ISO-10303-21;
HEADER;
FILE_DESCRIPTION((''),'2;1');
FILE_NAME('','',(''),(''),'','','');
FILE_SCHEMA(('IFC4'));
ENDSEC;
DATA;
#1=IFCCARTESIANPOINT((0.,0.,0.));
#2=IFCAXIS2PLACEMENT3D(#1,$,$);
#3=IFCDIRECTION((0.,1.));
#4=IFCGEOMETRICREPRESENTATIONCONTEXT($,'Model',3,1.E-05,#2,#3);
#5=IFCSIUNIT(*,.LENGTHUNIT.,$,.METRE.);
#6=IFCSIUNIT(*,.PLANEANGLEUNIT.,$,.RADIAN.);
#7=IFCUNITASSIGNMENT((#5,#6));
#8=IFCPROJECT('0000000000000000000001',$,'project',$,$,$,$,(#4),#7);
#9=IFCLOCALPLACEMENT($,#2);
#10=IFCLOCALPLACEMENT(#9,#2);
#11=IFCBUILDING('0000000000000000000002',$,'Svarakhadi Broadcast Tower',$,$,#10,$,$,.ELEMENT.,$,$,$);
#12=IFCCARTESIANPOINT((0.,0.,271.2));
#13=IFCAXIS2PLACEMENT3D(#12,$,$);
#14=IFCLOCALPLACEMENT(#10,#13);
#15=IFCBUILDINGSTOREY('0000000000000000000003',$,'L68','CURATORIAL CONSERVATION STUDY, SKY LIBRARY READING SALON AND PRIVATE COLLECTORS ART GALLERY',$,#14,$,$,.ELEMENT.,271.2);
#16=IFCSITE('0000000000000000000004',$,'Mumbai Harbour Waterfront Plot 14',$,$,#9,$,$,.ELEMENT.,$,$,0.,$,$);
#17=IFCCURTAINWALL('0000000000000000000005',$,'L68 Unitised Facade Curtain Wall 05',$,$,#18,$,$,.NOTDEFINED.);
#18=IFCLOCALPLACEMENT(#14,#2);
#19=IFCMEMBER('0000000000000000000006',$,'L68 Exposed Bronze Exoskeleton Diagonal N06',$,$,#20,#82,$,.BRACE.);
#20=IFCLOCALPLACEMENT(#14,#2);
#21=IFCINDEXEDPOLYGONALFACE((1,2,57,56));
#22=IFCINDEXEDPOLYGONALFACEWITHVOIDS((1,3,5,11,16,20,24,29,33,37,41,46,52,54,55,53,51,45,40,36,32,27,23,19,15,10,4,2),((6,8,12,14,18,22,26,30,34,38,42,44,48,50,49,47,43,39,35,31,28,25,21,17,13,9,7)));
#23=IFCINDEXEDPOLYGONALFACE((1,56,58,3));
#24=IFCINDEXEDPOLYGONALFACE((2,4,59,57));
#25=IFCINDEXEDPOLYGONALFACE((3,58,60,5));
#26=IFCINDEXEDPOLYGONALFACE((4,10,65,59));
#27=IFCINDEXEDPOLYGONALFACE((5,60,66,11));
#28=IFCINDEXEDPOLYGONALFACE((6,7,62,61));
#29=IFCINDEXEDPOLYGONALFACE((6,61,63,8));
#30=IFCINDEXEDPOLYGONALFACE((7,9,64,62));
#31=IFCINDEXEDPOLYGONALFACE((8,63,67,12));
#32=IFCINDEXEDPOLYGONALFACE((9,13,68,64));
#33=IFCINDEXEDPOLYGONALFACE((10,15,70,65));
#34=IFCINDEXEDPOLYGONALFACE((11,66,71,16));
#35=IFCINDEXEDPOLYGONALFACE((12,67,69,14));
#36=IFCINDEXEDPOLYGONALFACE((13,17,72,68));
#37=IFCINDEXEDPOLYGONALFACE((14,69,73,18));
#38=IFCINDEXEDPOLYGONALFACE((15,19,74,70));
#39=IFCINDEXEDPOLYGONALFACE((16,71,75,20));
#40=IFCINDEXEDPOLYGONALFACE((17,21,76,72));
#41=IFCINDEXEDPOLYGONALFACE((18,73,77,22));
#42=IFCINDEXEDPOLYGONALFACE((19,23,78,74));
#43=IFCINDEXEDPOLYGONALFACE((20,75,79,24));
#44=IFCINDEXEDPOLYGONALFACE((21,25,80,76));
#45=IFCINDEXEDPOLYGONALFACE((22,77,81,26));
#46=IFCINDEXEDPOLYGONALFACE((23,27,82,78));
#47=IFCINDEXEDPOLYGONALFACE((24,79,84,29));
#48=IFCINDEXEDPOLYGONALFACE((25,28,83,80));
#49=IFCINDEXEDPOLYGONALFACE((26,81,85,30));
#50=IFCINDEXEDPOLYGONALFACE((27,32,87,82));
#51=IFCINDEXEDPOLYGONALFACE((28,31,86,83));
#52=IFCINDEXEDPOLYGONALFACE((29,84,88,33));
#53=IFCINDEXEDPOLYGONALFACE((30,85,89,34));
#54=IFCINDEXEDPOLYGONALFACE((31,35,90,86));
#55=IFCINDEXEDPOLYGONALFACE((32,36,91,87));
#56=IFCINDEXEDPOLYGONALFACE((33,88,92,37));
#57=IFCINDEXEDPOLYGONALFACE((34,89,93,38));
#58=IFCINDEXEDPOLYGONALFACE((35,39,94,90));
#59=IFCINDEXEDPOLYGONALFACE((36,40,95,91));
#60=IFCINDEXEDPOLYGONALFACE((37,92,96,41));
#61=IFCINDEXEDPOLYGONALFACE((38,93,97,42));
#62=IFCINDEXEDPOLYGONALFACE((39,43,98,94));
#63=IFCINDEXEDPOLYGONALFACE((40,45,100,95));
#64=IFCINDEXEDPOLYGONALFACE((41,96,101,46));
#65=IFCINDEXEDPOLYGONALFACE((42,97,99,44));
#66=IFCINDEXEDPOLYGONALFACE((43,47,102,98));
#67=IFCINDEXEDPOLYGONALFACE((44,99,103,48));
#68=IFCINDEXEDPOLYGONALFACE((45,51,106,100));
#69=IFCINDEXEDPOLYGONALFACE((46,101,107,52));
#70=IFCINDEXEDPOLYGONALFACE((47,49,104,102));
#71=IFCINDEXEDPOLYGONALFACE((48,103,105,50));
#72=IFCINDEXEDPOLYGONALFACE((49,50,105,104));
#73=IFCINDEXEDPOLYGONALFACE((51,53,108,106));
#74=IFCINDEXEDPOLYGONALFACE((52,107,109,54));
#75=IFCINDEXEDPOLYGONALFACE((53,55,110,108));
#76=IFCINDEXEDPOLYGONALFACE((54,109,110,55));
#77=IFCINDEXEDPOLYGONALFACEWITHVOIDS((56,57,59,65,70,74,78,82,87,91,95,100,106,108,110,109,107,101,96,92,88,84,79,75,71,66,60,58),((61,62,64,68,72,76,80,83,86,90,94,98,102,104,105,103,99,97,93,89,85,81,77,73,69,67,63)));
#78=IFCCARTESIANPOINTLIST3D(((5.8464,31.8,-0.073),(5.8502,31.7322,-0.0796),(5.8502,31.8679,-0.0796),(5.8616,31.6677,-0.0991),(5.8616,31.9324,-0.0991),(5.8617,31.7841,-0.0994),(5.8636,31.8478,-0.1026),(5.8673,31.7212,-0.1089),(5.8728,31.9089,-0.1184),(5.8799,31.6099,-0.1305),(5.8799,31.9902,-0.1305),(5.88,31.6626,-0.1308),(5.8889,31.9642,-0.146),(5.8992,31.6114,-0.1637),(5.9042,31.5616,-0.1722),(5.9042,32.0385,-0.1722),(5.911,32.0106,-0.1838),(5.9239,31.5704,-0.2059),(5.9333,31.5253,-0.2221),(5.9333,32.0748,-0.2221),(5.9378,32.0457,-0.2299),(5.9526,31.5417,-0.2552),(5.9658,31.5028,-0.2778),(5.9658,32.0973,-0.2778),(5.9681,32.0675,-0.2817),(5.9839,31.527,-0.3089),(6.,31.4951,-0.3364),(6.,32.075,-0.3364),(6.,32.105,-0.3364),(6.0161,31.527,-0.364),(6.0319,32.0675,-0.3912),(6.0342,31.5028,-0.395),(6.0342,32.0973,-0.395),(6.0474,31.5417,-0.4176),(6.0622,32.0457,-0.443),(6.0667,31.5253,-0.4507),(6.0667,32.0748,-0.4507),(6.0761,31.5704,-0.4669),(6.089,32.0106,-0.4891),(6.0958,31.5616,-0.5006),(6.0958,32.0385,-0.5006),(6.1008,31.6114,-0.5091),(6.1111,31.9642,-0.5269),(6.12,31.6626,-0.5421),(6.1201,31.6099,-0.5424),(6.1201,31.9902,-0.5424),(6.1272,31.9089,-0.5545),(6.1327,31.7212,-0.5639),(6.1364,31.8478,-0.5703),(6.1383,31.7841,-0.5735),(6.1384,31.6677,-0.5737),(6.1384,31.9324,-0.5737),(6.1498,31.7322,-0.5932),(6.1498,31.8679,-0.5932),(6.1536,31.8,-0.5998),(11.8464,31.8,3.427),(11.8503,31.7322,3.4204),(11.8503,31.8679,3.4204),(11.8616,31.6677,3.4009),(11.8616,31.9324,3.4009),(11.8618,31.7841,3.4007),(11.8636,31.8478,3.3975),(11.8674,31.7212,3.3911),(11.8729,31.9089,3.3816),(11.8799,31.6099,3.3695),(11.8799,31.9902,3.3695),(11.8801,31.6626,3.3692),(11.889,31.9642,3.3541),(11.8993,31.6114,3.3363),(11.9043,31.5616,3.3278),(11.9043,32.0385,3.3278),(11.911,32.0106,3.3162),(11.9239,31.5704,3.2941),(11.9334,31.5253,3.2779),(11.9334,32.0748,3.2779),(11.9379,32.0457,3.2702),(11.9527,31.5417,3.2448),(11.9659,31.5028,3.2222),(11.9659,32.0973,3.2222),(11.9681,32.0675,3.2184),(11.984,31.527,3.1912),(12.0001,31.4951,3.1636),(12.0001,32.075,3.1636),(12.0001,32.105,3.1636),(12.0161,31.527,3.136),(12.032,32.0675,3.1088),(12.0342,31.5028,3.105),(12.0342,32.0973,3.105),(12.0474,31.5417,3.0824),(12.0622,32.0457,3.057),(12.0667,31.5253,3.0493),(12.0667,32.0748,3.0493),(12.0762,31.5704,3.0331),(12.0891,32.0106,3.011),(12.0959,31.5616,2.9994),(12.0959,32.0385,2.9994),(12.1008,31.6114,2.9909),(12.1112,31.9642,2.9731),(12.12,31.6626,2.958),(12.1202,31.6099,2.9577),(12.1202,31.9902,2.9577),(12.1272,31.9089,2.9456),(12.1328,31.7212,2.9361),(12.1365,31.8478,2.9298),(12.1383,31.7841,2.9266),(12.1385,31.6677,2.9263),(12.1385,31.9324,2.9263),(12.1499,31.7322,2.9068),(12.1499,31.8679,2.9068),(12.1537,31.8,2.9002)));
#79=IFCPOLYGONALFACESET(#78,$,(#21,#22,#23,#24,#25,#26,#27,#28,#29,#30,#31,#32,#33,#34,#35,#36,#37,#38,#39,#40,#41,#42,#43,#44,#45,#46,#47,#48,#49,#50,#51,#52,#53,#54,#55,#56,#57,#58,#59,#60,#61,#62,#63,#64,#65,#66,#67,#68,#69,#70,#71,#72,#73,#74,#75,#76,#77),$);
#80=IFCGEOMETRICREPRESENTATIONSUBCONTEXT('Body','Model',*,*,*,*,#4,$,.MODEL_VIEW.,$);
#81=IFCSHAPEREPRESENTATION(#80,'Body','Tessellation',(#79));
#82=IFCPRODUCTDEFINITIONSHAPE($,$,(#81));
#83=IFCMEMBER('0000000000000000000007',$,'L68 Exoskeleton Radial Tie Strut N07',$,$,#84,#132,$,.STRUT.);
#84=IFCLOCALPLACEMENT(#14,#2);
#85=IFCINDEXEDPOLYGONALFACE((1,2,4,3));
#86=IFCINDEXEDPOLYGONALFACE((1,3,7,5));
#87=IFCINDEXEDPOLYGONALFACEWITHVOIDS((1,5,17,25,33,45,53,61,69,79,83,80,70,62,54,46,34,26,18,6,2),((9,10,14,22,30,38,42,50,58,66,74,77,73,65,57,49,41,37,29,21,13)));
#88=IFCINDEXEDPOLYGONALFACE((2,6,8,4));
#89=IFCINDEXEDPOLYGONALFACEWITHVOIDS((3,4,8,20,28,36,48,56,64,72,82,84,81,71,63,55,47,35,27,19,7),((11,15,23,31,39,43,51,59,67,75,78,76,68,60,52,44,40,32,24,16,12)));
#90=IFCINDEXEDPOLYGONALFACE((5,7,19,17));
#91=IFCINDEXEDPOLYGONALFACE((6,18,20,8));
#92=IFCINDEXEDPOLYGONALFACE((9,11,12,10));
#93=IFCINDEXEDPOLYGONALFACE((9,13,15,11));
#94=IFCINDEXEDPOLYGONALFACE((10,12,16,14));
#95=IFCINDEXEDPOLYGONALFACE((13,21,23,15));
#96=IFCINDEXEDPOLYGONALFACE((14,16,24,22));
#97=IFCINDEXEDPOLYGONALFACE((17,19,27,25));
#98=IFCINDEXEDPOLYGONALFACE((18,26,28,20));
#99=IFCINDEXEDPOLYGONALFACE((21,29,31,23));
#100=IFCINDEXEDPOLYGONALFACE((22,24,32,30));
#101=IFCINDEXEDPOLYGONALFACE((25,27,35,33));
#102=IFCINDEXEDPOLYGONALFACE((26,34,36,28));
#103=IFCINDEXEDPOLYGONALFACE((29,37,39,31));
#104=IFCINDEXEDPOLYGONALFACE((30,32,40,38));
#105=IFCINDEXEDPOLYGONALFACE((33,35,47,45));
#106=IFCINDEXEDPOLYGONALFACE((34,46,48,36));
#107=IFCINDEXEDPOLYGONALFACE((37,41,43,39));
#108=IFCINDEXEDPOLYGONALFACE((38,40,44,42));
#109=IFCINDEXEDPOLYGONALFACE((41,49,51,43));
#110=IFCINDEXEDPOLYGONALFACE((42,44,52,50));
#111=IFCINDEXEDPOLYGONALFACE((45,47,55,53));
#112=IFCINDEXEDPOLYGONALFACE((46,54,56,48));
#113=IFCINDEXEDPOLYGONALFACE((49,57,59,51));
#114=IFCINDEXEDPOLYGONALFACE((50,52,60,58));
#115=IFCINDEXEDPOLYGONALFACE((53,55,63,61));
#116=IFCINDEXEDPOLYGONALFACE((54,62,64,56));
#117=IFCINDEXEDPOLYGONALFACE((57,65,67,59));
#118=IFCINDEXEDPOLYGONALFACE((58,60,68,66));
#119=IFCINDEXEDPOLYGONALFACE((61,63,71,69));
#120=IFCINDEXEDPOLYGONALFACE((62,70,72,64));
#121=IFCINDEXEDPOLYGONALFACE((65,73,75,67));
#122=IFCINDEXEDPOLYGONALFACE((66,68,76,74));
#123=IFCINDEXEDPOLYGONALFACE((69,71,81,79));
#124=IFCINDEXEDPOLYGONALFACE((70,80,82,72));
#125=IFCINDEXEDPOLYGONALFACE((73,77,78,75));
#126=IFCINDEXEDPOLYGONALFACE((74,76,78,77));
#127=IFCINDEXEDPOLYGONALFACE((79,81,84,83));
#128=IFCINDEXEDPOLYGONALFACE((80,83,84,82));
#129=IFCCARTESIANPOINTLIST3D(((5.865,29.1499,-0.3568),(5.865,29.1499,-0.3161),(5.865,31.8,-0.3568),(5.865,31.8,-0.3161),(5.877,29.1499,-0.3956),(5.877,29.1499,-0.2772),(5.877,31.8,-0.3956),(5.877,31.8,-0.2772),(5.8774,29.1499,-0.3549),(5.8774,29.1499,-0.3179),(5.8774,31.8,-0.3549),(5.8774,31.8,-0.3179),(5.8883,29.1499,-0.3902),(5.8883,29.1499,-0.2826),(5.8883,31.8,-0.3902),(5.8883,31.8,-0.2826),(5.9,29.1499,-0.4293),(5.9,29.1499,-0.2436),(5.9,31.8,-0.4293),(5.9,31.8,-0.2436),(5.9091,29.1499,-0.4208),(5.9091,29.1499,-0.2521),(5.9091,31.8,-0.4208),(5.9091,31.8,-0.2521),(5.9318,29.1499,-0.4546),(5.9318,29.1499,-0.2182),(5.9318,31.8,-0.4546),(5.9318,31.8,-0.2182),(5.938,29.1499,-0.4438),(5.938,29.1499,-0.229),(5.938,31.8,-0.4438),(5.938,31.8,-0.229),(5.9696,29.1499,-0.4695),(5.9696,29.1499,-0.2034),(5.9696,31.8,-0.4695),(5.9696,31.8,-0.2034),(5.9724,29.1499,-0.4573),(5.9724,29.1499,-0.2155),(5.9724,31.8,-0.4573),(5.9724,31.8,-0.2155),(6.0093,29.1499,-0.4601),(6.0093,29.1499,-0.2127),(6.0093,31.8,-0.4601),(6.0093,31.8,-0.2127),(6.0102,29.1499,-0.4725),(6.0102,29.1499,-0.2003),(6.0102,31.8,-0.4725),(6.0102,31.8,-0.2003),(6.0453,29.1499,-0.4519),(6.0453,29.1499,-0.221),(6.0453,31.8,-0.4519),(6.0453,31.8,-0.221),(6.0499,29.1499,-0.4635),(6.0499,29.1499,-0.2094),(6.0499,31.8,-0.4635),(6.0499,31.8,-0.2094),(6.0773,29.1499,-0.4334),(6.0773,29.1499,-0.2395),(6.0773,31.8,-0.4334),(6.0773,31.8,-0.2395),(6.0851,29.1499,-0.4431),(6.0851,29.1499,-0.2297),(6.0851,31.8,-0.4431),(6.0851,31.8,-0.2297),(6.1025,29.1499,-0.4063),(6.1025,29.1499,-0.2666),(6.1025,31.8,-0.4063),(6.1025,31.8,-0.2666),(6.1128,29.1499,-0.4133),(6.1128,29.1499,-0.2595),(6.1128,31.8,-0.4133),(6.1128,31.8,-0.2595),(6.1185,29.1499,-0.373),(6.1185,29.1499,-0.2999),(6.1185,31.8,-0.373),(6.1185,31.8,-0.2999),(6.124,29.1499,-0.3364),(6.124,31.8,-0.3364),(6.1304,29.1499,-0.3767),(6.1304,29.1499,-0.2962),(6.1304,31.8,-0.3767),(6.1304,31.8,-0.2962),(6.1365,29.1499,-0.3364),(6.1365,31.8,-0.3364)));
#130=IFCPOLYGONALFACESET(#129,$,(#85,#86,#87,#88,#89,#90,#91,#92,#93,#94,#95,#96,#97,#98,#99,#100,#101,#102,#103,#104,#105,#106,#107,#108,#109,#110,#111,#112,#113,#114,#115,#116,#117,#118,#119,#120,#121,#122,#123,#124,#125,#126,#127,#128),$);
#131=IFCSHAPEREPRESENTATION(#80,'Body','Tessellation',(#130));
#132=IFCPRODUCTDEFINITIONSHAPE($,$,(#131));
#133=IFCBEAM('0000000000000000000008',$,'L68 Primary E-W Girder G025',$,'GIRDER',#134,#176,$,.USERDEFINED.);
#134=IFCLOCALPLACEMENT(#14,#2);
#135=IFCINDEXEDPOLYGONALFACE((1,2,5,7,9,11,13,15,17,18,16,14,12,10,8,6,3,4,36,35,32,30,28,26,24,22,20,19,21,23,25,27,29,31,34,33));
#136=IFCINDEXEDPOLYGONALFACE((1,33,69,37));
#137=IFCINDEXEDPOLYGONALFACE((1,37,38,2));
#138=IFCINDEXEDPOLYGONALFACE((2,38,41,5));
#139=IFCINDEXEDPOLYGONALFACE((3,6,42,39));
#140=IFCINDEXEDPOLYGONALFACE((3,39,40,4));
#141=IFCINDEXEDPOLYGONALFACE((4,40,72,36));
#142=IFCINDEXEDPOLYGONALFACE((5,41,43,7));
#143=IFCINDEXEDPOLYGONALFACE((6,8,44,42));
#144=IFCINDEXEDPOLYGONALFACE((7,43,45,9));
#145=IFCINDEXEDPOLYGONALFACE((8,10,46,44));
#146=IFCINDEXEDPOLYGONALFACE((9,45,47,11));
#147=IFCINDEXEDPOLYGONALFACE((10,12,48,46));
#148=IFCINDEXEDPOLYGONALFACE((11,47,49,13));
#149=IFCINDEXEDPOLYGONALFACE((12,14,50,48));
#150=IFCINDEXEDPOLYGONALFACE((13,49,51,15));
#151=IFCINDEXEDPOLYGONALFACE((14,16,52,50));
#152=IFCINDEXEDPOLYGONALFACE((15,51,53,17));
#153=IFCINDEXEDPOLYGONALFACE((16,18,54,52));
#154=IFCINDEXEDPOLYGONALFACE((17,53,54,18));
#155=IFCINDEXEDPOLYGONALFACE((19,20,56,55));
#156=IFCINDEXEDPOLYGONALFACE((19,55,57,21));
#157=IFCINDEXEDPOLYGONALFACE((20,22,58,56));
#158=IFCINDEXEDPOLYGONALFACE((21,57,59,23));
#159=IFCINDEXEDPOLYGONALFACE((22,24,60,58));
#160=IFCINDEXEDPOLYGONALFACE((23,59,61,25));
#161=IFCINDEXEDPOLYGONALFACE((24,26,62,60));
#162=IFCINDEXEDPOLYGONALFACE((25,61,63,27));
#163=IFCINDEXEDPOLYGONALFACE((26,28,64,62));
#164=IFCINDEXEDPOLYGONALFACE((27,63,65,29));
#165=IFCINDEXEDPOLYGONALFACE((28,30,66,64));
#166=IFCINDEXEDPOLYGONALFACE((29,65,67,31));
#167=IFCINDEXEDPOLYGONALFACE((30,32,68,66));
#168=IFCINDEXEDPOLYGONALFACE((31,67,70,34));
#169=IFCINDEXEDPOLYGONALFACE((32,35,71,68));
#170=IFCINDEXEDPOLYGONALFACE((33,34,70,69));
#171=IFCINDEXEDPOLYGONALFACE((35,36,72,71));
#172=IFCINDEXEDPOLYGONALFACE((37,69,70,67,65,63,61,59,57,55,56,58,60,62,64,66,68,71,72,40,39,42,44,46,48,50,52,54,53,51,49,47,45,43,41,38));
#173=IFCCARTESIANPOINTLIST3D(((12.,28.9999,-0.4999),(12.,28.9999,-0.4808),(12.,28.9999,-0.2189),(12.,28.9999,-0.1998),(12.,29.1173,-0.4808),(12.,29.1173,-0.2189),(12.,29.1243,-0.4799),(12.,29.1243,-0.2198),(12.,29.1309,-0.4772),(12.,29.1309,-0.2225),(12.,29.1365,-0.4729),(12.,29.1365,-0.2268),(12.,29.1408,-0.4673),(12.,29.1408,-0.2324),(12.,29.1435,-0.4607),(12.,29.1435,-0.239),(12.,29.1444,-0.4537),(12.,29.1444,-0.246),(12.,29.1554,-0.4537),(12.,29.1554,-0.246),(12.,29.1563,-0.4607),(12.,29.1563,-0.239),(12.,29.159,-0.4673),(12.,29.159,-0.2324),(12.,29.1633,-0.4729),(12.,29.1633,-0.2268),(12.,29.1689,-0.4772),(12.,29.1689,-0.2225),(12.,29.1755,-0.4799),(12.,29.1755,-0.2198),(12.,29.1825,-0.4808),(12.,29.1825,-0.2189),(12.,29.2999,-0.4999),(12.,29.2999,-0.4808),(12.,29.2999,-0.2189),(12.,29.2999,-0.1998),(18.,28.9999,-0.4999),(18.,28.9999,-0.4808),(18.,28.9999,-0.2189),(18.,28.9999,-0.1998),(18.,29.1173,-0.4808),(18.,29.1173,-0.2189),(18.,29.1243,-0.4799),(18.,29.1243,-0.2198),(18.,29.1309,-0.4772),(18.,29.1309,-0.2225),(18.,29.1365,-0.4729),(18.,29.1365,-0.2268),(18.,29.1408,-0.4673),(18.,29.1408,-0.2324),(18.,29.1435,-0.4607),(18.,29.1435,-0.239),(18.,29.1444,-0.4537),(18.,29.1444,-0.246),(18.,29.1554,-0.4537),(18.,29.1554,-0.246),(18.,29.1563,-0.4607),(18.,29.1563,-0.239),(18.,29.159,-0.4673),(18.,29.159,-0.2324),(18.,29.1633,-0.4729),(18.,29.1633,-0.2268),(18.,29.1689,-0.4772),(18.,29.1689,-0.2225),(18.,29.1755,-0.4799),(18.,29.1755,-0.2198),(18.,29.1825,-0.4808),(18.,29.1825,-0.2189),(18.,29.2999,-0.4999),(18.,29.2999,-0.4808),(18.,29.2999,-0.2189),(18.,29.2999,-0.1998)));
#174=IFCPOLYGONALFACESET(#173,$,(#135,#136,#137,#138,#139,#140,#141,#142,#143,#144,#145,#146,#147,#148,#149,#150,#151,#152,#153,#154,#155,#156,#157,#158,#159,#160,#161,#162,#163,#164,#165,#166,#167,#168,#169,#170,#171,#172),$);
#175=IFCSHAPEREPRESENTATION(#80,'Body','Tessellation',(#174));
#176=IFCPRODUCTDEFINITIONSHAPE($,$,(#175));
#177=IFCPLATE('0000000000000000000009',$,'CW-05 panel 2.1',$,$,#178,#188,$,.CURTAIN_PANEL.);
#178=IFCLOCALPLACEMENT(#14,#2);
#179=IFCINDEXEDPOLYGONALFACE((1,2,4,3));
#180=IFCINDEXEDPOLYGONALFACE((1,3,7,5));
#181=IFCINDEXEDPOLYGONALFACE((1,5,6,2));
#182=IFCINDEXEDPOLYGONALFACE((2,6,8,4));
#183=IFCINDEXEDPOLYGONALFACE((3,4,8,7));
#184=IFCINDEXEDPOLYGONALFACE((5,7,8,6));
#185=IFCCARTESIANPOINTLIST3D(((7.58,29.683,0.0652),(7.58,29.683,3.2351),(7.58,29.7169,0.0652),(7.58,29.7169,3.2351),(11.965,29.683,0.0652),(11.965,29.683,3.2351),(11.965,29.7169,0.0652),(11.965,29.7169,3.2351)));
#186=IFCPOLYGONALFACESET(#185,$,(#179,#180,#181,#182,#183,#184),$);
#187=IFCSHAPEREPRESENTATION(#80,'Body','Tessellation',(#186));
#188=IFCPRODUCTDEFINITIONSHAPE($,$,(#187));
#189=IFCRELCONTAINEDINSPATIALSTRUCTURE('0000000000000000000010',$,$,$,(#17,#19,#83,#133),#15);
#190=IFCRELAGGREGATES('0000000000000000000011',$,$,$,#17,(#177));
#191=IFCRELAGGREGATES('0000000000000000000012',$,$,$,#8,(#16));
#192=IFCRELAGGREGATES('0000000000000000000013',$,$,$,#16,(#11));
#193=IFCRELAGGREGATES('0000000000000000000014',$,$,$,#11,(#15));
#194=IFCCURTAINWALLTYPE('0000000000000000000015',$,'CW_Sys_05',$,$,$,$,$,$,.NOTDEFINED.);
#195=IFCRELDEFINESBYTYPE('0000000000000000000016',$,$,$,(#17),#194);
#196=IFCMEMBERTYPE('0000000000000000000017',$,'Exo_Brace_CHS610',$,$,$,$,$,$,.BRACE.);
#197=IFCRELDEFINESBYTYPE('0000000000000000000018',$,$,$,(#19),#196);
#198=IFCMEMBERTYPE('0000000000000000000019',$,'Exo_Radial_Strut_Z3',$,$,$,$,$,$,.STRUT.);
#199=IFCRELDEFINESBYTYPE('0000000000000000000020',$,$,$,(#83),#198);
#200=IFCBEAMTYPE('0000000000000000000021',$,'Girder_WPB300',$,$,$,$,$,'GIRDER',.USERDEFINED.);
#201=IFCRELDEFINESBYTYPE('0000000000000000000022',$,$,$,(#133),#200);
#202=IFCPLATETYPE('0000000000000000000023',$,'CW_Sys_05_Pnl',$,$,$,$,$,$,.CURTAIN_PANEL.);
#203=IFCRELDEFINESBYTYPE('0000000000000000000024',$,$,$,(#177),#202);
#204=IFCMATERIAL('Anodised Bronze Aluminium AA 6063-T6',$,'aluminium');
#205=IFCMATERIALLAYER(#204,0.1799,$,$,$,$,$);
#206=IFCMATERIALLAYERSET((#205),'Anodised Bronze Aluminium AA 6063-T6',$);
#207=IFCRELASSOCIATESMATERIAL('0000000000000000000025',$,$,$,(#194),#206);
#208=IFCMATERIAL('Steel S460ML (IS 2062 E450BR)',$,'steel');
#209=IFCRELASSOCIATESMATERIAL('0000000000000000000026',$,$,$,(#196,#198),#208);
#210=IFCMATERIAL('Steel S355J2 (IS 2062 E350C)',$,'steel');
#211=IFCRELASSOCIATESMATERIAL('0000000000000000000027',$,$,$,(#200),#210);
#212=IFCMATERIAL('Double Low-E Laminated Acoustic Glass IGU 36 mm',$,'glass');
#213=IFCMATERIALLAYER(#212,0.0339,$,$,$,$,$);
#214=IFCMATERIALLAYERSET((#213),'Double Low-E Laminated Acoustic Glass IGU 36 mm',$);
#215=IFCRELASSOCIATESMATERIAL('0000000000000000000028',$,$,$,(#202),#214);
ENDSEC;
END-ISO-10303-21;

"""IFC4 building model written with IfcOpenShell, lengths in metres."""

from ifc_helpers import new_model, si_unit, direction, frame, origin, origin_2d, place, context, subcontext, project, spatial, rectangle, hollow_circle, i_section, extrude, material, layer, layer_set, material_profile, profile_set, type_object, element, aggregate, save


model = new_model("IFC4")

# Units and contexts
model_context = context("Model", 3, precision=1e-05, world=origin(), true_north=direction((0.0, 1.0)))
body_context = subcontext(model_context, "Body", "Model", "MODEL_VIEW")
ifc_project = project(units=[si_unit("LENGTHUNIT", "METRE"), si_unit("PLANEANGLEUNIT", "RADIAN")], contexts=[model_context])

# Site, building, storey
site_placement = place(None, origin())
site = spatial("IfcSite", under=ifc_project, at=site_placement, Name="Mumbai Harbour Waterfront Plot 14", CompositionType="ELEMENT", RefElevation=0.0)
building_placement = place(site_placement, origin())
building = spatial("IfcBuilding", under=site, at=building_placement, Name="Svarakhadi Broadcast Tower", CompositionType="ELEMENT")
storey_placement = place(building_placement, frame((0.0, 0.0, 271.2)))
storey = spatial("IfcBuildingStorey", under=building, at=storey_placement, Name="L68", Description="CURATORIAL CONSERVATION STUDY, SKY LIBRARY READING SALON AND PRIVATE COLLECTORS ART GALLERY", CompositionType="ELEMENT", Elevation=271.2)

# Shared definitions
ifc_material_1 = material(Name="Steel S460ML (IS 2062 E450BR)", Category="steel")

# Curtain wall
ifc_material_2 = material(Name="Anodised Bronze Aluminium AA 6063-T6", Category="aluminium")
ifc_layer_1 = layer(ifc_material_2, 0.1799)
ifc_layer_set_1 = layer_set([ifc_layer_1], Name="Anodised Bronze Aluminium AA 6063-T6")
curtain_wall_type = type_object("IfcCurtainWallType", Name="CW_Sys_05", PredefinedType="NOTDEFINED", material=ifc_layer_set_1)
curtain_wall_placement = place(storey_placement, origin())
curtain_wall = element("IfcCurtainWall", 1, at=curtain_wall_placement, inside=storey, type_object=curtain_wall_type, Name="L68 Unitised Facade Curtain Wall 05", PredefinedType="NOTDEFINED")

# Members
ifc_material_profile_1 = material_profile(ifc_material_1, hollow_circle(Radius=0.3049, WallThickness=0.03, at=origin_2d()), Name="CHS 610x30")
ifc_profile_set_1 = profile_set([ifc_material_profile_1], Name="Steel S460ML (IS 2062 E450BR)")
member_type_1 = type_object("IfcMemberType", Name="Exo_Brace_CHS610", PredefinedType="BRACE", material=ifc_profile_set_1)
member_1_placement = place(storey_placement, frame((6.0, 31.8, -0.3364), z_axis=(0.863779, 0.0, 0.503871), x_axis=(0.0, 1.0, 0.0)))
element("IfcMember", 2, at=member_1_placement, inside=storey, type_object=member_type_1, Name="L68 Exposed Bronze Exoskeleton Diagonal N06", PredefinedType="BRACE", context=body_context, shape_type="SweptSolid", body=[
    extrude(hollow_circle(Radius=0.3049, WallThickness=0.03, at=origin_2d()), origin(), (0.0, 0.0, 1.0), 6.9463),
])
ifc_material_profile_2 = material_profile(ifc_material_1, hollow_circle(Radius=0.1365, WallThickness=0.0125, at=origin_2d()), Name="CHS 273x12.5")
ifc_profile_set_2 = profile_set([ifc_material_profile_2], Name="Steel S460ML (IS 2062 E450BR)")
member_type_2 = type_object("IfcMemberType", Name="Exo_Radial_Strut_Z3", PredefinedType="STRUT", material=ifc_profile_set_2)
member_2_placement = place(storey_placement, frame((6.0, 31.8, -0.3364), z_axis=(0.0, -1.0, 0.0), x_axis=(1.0, 0.0, 0.0)))
element("IfcMember", 3, at=member_2_placement, inside=storey, type_object=member_type_2, Name="L68 Exoskeleton Radial Tie Strut N07", PredefinedType="STRUT", context=body_context, shape_type="SweptSolid", body=[
    extrude(hollow_circle(Radius=0.1365, WallThickness=0.0125, at=origin_2d()), origin(), (0.0, 0.0, 1.0), 2.6501),
])

# Beam
ifc_material_3 = material(Name="Steel S355J2 (IS 2062 E350C)", Category="steel")
ifc_material_profile_3 = material_profile(ifc_material_3, i_section(OverallWidth=0.3, OverallDepth=0.3, WebThickness=0.011, FlangeThickness=0.019, FilletRadius=0.0271, at=origin_2d()), Name="WPB 300x300x117")
ifc_profile_set_3 = profile_set([ifc_material_profile_3], Name="Steel S355J2 (IS 2062 E350C)")
beam_type = type_object("IfcBeamType", Name="Girder_WPB300", ElementType="GIRDER", PredefinedType="USERDEFINED", material=ifc_profile_set_3)
beam_placement = place(storey_placement, frame((12.0, 29.1499, -0.3499), z_axis=(1.0, 0.0, 0.0), x_axis=(0.0, 1.0, 0.0)))
element("IfcBeam", 4, at=beam_placement, inside=storey, type_object=beam_type, Name="L68 Primary E-W Girder G025", ObjectType="GIRDER", PredefinedType="USERDEFINED", context=body_context, shape_type="SweptSolid", body=[
    extrude(i_section(OverallWidth=0.3, OverallDepth=0.3, WebThickness=0.011, FlangeThickness=0.019, FilletRadius=0.0271, at=origin_2d()), origin(), (0.0, 0.0, 1.0), 6.0),
])

# Plate
ifc_material_4 = material(Name="Double Low-E Laminated Acoustic Glass IGU 36 mm", Category="glass")
ifc_layer_2 = layer(ifc_material_4, 0.0339)
ifc_layer_set_2 = layer_set([ifc_layer_2], Name="Double Low-E Laminated Acoustic Glass IGU 36 mm")
plate_type_1 = type_object("IfcPlateType", Name="CW_Sys_05_Pnl", PredefinedType="CURTAIN_PANEL", material=ifc_layer_set_2)
plate_1_placement = place(storey_placement, frame((9.7725, 29.7, 0.0652), z_axis=(0.0, 0.0, 1.0), x_axis=(1.0, 0.0, 0.0)))
plate_1 = element("IfcPlate", 5, at=plate_1_placement, type_object=plate_type_1, Name="CW-05 panel 2.1", PredefinedType="CURTAIN_PANEL", context=body_context, shape_type="SweptSolid", body=[
    extrude(rectangle(XDim=4.385, YDim=0.0339, at=origin_2d()), origin(), (0.0, 0.0, 1.0), 3.1699),
])
aggregate(curtain_wall, [plate_1])

save(model, "model.ifc")
